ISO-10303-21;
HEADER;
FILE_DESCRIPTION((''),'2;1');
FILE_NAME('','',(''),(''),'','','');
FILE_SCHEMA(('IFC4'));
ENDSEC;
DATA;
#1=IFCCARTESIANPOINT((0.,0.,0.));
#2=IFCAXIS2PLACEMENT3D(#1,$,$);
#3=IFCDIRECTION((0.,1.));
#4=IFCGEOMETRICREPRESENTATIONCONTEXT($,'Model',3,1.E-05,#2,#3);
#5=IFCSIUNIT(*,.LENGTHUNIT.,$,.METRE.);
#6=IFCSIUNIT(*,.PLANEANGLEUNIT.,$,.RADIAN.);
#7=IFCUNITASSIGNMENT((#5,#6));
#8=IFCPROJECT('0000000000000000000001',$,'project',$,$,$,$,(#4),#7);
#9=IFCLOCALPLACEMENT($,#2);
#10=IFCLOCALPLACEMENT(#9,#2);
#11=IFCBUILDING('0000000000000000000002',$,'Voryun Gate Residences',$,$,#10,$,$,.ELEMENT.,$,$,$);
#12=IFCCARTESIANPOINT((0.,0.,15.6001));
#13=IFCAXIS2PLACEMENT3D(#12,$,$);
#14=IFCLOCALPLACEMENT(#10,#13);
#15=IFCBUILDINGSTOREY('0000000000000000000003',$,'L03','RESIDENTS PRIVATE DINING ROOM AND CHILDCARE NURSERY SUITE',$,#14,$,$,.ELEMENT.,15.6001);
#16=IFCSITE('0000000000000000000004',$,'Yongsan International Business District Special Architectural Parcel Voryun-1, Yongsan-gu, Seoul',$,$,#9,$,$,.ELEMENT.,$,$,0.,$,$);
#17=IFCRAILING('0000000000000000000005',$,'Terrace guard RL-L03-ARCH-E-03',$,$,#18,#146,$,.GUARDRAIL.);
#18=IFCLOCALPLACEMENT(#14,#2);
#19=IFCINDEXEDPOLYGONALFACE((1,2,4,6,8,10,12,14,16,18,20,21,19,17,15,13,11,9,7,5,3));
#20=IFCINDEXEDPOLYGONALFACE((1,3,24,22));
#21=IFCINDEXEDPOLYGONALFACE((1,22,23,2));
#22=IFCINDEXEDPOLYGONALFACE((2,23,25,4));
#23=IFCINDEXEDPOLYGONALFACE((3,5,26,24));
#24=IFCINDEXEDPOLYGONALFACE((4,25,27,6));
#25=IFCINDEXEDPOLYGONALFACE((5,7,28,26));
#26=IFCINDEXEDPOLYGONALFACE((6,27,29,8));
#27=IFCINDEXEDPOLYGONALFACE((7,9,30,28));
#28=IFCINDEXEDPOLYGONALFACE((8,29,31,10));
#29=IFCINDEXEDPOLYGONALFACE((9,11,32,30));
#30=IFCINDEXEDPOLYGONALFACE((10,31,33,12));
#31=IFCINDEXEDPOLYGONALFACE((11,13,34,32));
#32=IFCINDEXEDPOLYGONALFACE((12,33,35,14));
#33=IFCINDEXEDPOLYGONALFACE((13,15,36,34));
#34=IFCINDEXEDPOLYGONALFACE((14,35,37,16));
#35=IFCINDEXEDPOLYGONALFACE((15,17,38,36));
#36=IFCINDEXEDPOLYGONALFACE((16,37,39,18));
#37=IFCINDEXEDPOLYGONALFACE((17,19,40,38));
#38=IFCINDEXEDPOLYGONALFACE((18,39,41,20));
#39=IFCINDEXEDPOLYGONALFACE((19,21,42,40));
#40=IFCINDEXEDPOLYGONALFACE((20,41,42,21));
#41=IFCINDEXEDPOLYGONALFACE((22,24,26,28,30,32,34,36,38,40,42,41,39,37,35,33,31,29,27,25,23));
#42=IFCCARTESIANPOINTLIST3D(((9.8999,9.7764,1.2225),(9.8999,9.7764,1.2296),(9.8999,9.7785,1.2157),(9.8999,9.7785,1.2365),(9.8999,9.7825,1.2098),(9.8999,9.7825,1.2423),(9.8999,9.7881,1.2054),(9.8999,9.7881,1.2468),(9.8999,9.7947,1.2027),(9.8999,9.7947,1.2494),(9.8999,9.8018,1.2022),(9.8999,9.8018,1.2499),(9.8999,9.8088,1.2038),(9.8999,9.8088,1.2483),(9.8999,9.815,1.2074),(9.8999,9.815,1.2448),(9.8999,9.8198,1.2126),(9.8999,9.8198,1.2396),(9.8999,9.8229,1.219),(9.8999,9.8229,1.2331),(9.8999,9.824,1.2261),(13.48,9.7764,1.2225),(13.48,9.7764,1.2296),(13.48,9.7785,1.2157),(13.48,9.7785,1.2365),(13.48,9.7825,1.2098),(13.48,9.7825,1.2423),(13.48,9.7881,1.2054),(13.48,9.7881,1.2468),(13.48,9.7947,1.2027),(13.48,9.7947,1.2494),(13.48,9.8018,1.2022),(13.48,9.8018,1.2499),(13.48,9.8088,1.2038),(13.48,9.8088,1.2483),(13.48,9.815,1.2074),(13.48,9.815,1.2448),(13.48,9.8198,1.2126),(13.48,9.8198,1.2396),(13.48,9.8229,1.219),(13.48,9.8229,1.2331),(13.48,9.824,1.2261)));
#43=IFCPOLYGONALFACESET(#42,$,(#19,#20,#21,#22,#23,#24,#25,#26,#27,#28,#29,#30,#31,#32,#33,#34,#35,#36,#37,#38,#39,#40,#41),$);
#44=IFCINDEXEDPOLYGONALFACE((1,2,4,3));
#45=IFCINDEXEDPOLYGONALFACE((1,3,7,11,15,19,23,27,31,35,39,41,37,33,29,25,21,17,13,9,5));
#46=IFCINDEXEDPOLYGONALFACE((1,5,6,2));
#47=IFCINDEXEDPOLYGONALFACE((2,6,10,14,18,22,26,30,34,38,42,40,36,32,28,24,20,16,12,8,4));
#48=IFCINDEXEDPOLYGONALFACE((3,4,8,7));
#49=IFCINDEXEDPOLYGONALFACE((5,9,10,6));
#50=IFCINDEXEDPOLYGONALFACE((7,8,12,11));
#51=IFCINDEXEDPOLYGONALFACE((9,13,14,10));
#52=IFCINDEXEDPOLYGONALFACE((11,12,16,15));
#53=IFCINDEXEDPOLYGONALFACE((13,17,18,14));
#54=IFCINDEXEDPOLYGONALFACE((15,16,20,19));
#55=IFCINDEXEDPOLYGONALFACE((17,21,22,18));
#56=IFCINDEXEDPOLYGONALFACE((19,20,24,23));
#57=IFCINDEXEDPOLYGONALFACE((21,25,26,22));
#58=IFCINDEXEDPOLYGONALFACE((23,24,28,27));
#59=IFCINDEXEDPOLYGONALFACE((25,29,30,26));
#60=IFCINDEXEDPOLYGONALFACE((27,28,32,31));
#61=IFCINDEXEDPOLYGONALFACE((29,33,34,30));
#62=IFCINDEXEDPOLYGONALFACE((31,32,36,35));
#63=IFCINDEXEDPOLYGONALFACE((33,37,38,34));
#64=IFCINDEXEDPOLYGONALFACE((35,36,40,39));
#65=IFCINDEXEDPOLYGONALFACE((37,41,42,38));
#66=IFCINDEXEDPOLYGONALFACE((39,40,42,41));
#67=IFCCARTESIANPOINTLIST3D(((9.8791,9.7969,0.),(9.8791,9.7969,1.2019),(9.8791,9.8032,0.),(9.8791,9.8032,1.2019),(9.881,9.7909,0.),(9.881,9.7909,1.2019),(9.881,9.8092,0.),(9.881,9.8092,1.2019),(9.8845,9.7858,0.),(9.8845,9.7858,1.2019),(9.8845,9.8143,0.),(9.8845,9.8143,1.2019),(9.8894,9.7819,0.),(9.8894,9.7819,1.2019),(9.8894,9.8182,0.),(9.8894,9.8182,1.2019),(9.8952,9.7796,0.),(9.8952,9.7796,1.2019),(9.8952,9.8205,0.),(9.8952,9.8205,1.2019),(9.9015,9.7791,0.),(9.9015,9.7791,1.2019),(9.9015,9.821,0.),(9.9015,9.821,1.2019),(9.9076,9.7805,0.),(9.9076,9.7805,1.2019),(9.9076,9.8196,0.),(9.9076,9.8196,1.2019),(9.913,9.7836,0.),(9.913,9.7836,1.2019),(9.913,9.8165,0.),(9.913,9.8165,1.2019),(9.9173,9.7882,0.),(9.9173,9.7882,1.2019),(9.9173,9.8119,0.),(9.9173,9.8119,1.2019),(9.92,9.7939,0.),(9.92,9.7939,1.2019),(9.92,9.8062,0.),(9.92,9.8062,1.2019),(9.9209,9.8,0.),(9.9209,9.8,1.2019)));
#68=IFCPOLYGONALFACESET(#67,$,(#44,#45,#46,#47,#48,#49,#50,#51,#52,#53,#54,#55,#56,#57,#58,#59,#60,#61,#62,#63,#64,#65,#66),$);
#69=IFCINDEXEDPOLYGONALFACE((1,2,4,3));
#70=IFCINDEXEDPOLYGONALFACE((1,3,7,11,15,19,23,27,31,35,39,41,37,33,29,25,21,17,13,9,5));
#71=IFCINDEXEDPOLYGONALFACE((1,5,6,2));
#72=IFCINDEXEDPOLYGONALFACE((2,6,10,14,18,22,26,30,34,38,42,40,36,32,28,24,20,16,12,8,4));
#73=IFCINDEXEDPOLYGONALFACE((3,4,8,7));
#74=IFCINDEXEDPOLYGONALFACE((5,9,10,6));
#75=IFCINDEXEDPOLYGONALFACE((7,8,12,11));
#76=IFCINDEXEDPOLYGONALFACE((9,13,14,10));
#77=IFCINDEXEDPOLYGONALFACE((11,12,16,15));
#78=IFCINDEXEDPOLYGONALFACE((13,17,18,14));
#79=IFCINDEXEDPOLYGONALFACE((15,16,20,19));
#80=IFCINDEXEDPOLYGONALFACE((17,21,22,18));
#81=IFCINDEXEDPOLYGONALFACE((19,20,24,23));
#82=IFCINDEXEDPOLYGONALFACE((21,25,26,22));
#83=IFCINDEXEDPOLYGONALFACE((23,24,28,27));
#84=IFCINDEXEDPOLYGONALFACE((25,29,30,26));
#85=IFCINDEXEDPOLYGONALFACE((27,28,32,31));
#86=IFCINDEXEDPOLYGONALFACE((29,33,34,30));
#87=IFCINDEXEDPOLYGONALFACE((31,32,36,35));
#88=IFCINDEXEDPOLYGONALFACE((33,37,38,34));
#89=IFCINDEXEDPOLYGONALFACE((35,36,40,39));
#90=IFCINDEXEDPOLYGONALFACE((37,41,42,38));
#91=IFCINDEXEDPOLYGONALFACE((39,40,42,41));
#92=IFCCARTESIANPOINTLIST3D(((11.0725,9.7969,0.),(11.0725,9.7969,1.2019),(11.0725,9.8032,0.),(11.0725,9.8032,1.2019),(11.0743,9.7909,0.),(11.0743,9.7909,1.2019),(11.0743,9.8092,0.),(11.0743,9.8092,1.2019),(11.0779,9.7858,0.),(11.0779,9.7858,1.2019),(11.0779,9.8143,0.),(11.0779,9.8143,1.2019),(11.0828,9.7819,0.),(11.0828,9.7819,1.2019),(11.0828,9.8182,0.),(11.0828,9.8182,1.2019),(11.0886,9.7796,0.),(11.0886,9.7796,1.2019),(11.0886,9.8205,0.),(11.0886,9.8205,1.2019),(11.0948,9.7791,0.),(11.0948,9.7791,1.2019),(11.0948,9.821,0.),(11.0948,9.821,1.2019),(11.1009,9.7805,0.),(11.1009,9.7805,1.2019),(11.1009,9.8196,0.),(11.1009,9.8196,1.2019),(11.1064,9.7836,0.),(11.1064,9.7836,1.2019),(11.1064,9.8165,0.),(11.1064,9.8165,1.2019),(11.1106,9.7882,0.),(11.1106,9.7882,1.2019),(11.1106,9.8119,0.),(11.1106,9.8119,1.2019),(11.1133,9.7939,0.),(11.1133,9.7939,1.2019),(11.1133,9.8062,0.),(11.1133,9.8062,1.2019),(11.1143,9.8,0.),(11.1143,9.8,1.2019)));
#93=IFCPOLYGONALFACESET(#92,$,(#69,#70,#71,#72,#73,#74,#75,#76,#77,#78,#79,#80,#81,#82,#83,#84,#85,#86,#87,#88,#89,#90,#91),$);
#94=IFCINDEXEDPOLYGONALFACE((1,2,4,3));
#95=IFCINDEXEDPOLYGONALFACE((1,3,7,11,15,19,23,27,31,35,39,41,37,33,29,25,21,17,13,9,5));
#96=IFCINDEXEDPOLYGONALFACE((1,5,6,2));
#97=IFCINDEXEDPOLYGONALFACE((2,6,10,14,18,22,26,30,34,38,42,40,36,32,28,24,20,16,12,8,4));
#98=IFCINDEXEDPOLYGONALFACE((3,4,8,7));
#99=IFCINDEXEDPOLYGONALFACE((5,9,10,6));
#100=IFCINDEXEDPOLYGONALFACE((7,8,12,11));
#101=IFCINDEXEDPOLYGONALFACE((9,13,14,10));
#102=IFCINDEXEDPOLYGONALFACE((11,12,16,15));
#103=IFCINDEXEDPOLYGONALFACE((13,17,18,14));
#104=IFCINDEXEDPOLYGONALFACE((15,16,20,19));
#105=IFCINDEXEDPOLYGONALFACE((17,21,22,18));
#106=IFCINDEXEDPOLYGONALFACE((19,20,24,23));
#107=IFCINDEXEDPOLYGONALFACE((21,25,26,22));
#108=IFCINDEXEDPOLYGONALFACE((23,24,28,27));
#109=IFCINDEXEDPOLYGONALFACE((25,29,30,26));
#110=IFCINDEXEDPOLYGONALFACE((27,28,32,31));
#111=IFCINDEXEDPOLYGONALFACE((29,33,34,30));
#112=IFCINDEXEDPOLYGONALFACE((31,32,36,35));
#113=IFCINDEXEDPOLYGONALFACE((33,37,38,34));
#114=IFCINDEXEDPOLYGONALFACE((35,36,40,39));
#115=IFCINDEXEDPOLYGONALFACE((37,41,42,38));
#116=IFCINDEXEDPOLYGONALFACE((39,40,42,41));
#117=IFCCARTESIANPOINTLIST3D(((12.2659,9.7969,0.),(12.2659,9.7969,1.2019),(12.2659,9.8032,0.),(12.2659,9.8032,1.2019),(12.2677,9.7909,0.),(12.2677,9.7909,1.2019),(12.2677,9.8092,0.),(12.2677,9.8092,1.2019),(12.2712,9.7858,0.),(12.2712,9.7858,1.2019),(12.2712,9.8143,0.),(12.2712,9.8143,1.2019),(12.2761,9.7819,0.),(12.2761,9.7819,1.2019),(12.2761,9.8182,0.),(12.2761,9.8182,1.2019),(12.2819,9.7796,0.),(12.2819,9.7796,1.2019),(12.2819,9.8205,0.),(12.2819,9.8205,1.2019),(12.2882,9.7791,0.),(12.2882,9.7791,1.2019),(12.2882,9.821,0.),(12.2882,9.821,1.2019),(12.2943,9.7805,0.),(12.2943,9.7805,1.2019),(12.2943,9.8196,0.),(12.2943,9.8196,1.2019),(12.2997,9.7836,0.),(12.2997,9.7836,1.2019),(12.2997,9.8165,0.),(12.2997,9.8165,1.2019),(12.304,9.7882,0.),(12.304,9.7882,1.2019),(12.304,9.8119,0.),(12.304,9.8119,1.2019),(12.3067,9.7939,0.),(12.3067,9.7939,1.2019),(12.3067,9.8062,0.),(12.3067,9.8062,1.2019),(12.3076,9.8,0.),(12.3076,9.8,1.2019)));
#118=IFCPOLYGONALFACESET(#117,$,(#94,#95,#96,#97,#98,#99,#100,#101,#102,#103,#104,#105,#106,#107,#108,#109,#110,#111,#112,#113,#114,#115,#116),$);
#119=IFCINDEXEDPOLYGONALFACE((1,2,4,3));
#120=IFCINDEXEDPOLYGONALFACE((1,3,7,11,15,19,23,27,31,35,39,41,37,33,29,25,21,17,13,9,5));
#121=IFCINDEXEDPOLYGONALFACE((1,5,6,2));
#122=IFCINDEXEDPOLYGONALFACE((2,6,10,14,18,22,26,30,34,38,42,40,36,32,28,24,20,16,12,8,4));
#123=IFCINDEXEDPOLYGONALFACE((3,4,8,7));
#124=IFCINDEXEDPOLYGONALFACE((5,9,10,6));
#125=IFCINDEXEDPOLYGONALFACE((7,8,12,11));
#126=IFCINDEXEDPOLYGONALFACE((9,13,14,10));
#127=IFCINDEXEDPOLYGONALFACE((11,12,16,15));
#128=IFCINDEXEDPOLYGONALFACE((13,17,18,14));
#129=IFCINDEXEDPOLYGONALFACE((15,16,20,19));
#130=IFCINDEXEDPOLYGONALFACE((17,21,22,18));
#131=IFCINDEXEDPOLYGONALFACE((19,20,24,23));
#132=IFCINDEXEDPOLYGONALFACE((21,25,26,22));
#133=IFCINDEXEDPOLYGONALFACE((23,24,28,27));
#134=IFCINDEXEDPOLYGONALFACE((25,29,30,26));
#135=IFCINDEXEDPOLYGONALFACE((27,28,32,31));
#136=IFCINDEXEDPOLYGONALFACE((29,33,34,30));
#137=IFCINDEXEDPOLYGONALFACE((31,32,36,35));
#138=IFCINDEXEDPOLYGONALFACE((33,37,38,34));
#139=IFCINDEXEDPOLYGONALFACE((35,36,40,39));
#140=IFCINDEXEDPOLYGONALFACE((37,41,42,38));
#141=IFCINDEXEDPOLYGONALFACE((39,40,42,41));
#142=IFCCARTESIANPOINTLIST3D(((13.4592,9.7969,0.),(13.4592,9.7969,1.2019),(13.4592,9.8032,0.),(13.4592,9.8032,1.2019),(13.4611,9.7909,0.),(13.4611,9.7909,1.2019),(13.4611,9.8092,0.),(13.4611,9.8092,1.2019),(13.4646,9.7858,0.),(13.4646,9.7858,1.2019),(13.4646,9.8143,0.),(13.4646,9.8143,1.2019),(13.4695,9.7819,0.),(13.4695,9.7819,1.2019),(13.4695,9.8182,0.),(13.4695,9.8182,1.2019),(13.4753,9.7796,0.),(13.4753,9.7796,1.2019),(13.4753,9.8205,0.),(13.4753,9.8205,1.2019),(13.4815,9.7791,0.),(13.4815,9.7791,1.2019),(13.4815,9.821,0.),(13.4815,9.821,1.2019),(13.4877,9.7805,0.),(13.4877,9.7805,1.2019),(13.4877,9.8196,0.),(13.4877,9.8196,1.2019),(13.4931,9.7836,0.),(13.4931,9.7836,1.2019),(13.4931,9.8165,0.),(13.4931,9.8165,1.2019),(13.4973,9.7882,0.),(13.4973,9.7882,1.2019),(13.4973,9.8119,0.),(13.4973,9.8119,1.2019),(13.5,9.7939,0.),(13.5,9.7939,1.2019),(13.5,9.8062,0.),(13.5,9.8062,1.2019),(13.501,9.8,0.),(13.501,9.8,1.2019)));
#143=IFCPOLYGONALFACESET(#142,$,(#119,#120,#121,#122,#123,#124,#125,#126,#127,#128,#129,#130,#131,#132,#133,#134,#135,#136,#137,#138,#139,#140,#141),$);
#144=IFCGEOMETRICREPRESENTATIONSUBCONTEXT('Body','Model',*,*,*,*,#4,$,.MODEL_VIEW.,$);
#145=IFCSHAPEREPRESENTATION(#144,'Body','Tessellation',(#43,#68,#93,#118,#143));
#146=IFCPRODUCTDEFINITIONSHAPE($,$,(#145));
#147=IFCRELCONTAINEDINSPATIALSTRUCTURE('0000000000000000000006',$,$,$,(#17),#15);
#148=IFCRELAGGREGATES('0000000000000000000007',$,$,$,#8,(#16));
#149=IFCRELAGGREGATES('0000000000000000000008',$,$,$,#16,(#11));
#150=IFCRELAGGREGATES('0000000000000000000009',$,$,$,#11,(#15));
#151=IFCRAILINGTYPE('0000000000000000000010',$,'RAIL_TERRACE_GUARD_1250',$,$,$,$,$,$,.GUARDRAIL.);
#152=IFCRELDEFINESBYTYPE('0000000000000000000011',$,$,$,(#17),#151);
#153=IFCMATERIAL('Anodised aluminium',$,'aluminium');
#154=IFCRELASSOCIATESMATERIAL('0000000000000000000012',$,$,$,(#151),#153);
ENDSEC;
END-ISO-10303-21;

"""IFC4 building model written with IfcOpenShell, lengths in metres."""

from ifc_helpers import new_model, si_unit, direction, frame, origin, origin_2d, place, context, subcontext, project, spatial, circle, extrude, material, type_object, element, save


model = new_model("IFC4")

# Units and contexts
model_context = context("Model", 3, precision=1e-05, world=origin(), true_north=direction((0.0, 1.0)))
body_context = subcontext(model_context, "Body", "Model", "MODEL_VIEW")
ifc_project = project(units=[si_unit("LENGTHUNIT", "METRE"), si_unit("PLANEANGLEUNIT", "RADIAN")], contexts=[model_context])

# Site, building, storey
site_placement = place(None, origin())
site = spatial("IfcSite", under=ifc_project, at=site_placement, Name="Yongsan International Business District Special Architectural Parcel Voryun-1, Yongsan-gu, Seoul", CompositionType="ELEMENT", RefElevation=0.0)
building_placement = place(site_placement, origin())
building = spatial("IfcBuilding", under=site, at=building_placement, Name="Voryun Gate Residences", CompositionType="ELEMENT")
storey_placement = place(building_placement, frame((0.0, 0.0, 15.6001)))
storey = spatial("IfcBuildingStorey", under=building, at=storey_placement, Name="L03", Description="RESIDENTS PRIVATE DINING ROOM AND CHILDCARE NURSERY SUITE", CompositionType="ELEMENT", Elevation=15.6001)

# Railing
ifc_material_1 = material(Name="Anodised aluminium", Category="aluminium")
railing_type = type_object("IfcRailingType", Name="RAIL_TERRACE_GUARD_1250", PredefinedType="GUARDRAIL", material=ifc_material_1)
railing_placement = place(storey_placement, frame((9.8999, 9.8, 0.0)))
element("IfcRailing", 1, at=railing_placement, inside=storey, type_object=railing_type, Name="Terrace guard RL-L03-ARCH-E-03", PredefinedType="GUARDRAIL", context=body_context, shape_type="SweptSolid", body=[
    extrude(circle(Radius=0.0239, at=origin_2d()), frame((0.0, 0.0, 1.2261), z_axis=(1.0, 0.0, 0.0), x_axis=(0.0, 1.0, 0.0)), (0.0, 0.0, 1.0), 3.5801),
    extrude(circle(Radius=0.021, at=origin_2d()), origin(), (0.0, 0.0, 1.0), 1.2019),
    extrude(circle(Radius=0.021, at=origin_2d()), frame((1.1934, 0.0, 0.0)), (0.0, 0.0, 1.0), 1.2019),
    extrude(circle(Radius=0.021, at=origin_2d()), frame((2.3867, 0.0, 0.0)), (0.0, 0.0, 1.0), 1.2019),
    extrude(circle(Radius=0.021, at=origin_2d()), frame((3.5801, 0.0, 0.0)), (0.0, 0.0, 1.0), 1.2019),
])

save(model, "model.ifc")
